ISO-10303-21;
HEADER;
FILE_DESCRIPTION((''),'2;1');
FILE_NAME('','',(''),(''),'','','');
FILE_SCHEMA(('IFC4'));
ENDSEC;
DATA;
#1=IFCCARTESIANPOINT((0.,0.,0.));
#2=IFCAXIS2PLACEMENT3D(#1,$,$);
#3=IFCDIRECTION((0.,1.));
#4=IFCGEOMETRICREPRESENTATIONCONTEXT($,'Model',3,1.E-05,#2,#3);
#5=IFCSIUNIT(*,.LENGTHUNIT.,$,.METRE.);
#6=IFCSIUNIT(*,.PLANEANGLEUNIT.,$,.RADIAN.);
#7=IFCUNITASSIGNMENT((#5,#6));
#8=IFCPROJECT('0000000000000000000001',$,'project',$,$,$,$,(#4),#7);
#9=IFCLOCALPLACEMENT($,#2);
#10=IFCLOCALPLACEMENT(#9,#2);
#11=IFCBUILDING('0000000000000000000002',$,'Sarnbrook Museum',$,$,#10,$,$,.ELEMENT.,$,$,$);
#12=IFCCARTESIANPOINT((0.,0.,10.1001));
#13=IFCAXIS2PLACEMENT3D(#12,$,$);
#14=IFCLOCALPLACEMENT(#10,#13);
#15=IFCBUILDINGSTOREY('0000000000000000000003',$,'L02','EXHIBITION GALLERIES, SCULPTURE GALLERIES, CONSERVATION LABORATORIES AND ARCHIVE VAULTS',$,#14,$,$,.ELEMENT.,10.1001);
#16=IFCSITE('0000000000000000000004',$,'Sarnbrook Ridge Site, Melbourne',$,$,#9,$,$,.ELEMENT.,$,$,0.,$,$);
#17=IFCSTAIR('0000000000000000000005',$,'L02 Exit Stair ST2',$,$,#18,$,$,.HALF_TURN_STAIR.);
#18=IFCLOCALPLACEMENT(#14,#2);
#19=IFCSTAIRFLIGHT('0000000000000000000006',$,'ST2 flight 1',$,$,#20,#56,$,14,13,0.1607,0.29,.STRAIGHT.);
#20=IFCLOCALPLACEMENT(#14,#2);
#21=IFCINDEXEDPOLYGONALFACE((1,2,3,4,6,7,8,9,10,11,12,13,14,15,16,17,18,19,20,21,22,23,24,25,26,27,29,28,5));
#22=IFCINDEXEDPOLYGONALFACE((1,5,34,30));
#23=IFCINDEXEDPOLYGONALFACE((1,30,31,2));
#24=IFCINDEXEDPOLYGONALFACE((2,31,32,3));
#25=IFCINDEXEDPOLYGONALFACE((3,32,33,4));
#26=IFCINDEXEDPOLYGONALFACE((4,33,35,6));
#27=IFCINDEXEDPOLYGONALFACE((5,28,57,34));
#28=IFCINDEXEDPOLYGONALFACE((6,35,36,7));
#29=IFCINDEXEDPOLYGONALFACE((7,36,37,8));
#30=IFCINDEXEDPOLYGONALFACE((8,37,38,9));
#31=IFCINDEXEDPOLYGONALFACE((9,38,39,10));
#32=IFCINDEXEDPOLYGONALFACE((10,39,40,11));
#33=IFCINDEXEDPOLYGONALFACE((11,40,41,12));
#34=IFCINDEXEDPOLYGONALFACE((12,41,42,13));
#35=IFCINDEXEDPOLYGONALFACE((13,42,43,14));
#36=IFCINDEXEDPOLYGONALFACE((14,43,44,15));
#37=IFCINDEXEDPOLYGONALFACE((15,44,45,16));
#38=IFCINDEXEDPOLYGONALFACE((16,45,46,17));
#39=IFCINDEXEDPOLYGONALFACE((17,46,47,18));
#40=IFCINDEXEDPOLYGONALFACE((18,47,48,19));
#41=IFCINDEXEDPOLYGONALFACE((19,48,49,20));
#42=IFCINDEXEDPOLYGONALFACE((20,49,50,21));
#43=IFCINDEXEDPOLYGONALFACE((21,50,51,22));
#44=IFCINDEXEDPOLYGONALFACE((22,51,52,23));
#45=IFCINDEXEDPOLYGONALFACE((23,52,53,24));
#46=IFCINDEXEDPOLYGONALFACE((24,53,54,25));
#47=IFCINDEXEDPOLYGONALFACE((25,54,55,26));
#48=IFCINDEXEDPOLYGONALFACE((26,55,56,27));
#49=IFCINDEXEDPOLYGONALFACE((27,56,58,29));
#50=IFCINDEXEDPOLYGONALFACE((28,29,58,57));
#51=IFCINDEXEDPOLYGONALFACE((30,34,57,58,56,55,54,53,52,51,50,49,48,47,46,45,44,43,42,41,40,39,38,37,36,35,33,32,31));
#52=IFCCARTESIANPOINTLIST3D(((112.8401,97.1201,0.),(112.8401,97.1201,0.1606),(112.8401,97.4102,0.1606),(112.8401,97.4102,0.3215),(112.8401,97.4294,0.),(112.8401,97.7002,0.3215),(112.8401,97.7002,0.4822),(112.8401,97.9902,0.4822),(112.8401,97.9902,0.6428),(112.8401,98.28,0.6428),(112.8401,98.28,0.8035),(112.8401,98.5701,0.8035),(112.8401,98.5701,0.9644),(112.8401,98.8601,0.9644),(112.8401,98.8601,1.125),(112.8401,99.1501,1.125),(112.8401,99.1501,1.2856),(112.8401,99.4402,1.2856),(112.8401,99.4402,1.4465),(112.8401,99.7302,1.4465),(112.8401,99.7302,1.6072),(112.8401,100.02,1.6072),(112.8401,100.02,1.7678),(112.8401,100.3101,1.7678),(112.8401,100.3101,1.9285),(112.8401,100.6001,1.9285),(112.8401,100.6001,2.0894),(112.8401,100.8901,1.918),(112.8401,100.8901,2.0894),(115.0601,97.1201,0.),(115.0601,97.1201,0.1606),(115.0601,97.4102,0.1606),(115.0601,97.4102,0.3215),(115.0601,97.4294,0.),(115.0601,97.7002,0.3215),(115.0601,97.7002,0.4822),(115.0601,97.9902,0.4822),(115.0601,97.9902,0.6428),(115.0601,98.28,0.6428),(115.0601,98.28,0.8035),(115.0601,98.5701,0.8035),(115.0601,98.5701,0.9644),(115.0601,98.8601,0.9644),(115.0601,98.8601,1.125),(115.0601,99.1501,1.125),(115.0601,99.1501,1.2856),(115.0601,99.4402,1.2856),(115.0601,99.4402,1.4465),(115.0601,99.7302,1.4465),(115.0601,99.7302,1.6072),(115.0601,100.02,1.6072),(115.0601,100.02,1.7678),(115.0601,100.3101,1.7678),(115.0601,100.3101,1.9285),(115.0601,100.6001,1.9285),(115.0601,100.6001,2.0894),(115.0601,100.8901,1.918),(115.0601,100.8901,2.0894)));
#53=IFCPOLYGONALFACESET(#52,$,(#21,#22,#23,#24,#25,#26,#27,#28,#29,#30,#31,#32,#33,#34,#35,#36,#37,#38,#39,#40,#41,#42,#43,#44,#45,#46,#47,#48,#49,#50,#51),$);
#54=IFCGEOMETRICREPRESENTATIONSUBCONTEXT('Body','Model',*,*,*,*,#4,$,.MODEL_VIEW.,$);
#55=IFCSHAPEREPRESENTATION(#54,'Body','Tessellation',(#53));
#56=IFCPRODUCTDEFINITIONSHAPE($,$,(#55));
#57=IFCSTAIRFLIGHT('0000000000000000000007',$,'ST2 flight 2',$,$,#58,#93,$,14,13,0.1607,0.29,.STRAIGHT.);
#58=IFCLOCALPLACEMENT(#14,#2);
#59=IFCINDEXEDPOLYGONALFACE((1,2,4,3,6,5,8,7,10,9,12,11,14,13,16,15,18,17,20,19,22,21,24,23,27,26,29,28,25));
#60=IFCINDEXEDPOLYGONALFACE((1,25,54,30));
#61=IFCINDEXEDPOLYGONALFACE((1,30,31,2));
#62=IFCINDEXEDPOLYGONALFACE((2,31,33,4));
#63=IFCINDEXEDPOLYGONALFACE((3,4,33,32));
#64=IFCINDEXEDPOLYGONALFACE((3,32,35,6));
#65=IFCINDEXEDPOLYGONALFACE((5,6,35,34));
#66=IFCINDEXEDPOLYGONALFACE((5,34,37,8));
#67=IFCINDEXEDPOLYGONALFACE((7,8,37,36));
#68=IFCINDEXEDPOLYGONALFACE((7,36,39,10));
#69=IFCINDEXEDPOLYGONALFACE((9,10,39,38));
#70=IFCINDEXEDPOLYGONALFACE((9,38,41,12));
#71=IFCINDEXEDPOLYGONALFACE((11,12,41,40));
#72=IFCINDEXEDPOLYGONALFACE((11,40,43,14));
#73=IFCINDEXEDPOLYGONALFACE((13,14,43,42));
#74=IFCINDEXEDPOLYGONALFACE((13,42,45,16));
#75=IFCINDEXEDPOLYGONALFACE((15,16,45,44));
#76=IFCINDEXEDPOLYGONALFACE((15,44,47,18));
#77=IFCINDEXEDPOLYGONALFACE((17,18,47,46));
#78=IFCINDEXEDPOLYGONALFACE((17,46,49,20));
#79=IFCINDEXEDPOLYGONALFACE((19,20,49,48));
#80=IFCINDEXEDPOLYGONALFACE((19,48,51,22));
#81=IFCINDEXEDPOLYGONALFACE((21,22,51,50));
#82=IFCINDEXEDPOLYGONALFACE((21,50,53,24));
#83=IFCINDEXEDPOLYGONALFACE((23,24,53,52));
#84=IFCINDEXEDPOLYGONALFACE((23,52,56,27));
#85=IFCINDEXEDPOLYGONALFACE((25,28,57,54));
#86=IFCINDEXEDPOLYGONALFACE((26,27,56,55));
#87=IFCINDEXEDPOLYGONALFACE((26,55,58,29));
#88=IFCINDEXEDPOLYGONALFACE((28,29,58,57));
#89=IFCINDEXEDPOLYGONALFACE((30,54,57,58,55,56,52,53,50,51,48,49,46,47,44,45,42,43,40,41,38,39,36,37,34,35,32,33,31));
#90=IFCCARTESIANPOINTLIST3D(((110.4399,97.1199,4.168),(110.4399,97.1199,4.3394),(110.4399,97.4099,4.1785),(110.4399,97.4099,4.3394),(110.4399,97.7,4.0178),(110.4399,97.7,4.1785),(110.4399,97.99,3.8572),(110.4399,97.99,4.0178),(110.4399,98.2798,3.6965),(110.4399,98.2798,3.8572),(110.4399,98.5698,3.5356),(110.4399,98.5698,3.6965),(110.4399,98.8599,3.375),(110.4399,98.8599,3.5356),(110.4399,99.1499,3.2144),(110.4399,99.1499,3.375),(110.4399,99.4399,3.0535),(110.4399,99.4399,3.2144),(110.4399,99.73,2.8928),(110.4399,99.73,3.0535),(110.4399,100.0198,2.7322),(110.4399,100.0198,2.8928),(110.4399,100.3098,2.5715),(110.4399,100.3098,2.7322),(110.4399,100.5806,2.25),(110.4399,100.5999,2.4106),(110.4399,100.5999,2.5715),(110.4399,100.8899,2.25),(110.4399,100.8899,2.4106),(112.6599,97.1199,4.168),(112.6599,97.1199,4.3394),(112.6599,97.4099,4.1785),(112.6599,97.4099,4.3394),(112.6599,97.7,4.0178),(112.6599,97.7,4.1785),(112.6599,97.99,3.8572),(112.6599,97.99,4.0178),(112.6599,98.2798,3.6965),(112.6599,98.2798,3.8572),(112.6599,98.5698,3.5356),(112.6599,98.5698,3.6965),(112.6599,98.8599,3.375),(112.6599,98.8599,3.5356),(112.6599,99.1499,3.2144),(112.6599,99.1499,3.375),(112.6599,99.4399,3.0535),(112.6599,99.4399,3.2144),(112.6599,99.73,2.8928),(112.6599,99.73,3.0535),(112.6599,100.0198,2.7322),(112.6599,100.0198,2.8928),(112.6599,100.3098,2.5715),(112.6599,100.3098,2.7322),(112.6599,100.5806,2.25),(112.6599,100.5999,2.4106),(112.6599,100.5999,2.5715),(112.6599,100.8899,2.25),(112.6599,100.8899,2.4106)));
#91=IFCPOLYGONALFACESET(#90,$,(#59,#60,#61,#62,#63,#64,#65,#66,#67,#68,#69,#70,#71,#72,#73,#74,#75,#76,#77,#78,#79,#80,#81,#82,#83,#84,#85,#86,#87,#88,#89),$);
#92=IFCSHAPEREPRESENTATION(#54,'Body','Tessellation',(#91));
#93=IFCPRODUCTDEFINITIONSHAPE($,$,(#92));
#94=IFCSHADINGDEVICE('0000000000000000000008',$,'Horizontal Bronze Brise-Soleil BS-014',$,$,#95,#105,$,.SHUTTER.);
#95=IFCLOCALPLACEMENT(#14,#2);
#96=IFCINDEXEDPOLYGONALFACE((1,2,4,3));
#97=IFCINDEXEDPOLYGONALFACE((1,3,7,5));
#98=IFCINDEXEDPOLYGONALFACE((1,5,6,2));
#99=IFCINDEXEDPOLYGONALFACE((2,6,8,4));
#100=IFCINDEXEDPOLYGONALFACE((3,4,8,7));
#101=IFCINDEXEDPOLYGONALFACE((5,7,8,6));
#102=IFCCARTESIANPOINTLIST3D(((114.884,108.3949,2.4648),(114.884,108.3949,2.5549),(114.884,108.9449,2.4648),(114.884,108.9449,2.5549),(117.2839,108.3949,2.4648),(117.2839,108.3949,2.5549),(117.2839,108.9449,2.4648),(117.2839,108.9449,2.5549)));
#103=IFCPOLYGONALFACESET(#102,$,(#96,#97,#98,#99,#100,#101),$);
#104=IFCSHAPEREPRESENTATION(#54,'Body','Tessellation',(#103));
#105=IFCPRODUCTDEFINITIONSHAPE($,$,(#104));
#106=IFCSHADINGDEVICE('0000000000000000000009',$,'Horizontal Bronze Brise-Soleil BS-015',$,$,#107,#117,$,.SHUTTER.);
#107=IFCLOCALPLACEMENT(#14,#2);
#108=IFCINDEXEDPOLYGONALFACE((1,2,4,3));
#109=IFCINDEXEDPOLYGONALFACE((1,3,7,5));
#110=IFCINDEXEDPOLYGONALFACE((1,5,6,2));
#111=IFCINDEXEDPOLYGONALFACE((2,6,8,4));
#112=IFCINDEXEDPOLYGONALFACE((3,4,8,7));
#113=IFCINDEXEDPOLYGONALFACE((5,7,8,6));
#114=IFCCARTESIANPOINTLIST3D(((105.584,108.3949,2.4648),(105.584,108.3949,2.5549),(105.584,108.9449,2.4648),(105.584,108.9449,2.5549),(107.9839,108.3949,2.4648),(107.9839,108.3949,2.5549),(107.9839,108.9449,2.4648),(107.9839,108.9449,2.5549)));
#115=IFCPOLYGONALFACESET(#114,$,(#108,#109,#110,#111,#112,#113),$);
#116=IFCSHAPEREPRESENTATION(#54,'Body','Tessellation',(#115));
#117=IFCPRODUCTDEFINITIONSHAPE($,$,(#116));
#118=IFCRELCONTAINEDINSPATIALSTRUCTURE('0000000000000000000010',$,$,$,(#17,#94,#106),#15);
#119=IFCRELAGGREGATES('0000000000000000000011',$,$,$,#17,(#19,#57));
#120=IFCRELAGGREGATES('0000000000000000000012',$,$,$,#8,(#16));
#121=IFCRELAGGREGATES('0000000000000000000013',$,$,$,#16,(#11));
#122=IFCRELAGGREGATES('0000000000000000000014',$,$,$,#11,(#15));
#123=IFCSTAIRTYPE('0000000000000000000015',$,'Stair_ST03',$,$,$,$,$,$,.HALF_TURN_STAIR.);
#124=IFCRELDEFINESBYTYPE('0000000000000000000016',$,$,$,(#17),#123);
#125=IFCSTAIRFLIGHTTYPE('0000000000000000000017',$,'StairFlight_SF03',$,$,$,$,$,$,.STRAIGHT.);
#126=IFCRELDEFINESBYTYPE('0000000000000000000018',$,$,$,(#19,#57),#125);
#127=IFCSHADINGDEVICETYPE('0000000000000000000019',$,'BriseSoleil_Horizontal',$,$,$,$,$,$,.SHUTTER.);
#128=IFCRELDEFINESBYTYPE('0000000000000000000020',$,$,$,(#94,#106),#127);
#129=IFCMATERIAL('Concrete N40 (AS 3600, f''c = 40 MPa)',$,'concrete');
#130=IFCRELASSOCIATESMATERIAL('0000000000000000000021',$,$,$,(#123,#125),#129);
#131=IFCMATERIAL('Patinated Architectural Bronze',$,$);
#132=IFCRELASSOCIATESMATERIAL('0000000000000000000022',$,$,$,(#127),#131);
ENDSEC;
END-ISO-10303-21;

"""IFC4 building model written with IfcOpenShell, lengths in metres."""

from ifc_helpers import new_model, si_unit, direction, frame, origin, origin_2d, place, context, subcontext, project, spatial, polyline, rectangle, outline, extrude, material, type_object, element, aggregate, save


model = new_model("IFC4")

# Units and contexts
model_context = context("Model", 3, precision=1e-05, world=origin(), true_north=direction((0.0, 1.0)))
body_context = subcontext(model_context, "Body", "Model", "MODEL_VIEW")
ifc_project = project(units=[si_unit("LENGTHUNIT", "METRE"), si_unit("PLANEANGLEUNIT", "RADIAN")], contexts=[model_context])

# Site, building, storey
site_placement = place(None, origin())
site = spatial("IfcSite", under=ifc_project, at=site_placement, Name="Sarnbrook Ridge Site, Melbourne", CompositionType="ELEMENT", RefElevation=0.0)
building_placement = place(site_placement, origin())
building = spatial("IfcBuilding", under=site, at=building_placement, Name="Sarnbrook Museum", CompositionType="ELEMENT")
storey_placement = place(building_placement, frame((0.0, 0.0, 10.1001)))
storey = spatial("IfcBuildingStorey", under=building, at=storey_placement, Name="L02", Description="EXHIBITION GALLERIES, SCULPTURE GALLERIES, CONSERVATION LABORATORIES AND ARCHIVE VAULTS", CompositionType="ELEMENT", Elevation=10.1001)

# Shared definitions
ifc_material_1 = material(Name="Concrete N40 (AS 3600, f'c = 40 MPa)", Category="concrete")

# Stair, stair flights
stair_type = type_object("IfcStairType", Name="Stair_ST03", PredefinedType="HALF_TURN_STAIR", material=ifc_material_1)
stair_placement = place(storey_placement, origin())
stair = element("IfcStair", 1, at=stair_placement, inside=storey, type_object=stair_type, Name="L02 Exit Stair ST2", PredefinedType="HALF_TURN_STAIR")
stair_flight_type = type_object("IfcStairFlightType", Name="StairFlight_SF03", PredefinedType="STRAIGHT", material=ifc_material_1)
stair_flight_1_placement = place(storey_placement, frame((113.95, 97.1201, 0.0), z_axis=(0.0, 0.0, 1.0), x_axis=(0.0, 1.0, 0.0)))
stair_flight_1 = element("IfcStairFlight", 2, at=stair_flight_1_placement, type_object=stair_flight_type, Name="ST2 flight 1", NumberOfRisers=14, NumberOfTreads=13, PredefinedType="STRAIGHT", RiserHeight=0.1607, TreadLength=0.29, context=body_context, shape_type="SweptSolid", body=[
    extrude(outline(polyline([(0.0, 0.0), (0.0, 0.1606), (0.29, 0.1606), (0.29, 0.3215), (0.5801, 0.3215), (0.5801, 0.4822), (0.8701, 0.4822), (0.8701, 0.6428), (1.1599, 0.6428), (1.1599, 0.8035), (1.45, 0.8035), (1.45, 0.9644), (1.74, 0.9644), (1.74, 1.125), (2.03, 1.125), (2.03, 1.2856), (2.3201, 1.2856), (2.3201, 1.4465), (2.6101, 1.4465), (2.6101, 1.6072), (2.8999, 1.6072), (2.8999, 1.7678), (3.1899, 1.7678), (3.1899, 1.9285), (3.48, 1.9285), (3.48, 2.0894), (3.77, 2.0894), (3.77, 2.25), (3.77, 1.918), (0.3093, 0.0), (0.0, 0.0)])), frame((0.0, 1.1099, 0.0), z_axis=(0.0, -1.0, 0.0), x_axis=(1.0, 0.0, 0.0)), (0.0, 0.0, 1.0), 2.22),
])
stair_flight_2_placement = place(storey_placement, frame((111.55, 100.8899, 2.25), z_axis=(0.0, 0.0, 1.0), x_axis=(0.0, -1.0, 0.0)))
stair_flight_2 = element("IfcStairFlight", 3, at=stair_flight_2_placement, type_object=stair_flight_type, Name="ST2 flight 2", NumberOfRisers=14, NumberOfTreads=13, PredefinedType="STRAIGHT", RiserHeight=0.1607, TreadLength=0.29, context=body_context, shape_type="SweptSolid", body=[
    extrude(outline(polyline([(0.0, 0.0), (0.0, 0.1606), (0.29, 0.1606), (0.29, 0.3215), (0.5801, 0.3215), (0.5801, 0.4822), (0.8701, 0.4822), (0.8701, 0.6428), (1.1599, 0.6428), (1.1599, 0.8035), (1.45, 0.8035), (1.45, 0.9644), (1.74, 0.9644), (1.74, 1.125), (2.03, 1.125), (2.03, 1.2856), (2.3201, 1.2856), (2.3201, 1.4465), (2.6101, 1.4465), (2.6101, 1.6072), (2.8999, 1.6072), (2.8999, 1.7678), (3.1899, 1.7678), (3.1899, 1.9285), (3.48, 1.9285), (3.48, 2.0894), (3.77, 2.0894), (3.77, 2.25), (3.77, 1.918), (0.3093, 0.0), (0.0, 0.0)])), frame((0.0, 1.1099, 0.0), z_axis=(0.0, -1.0, 0.0), x_axis=(1.0, 0.0, 0.0)), (0.0, 0.0, 1.0), 2.22),
])
aggregate(stair, [stair_flight_1, stair_flight_2])

# Shading devices
ifc_material_2 = material(Name="Patinated Architectural Bronze")
shading_device_type = type_object("IfcShadingDeviceType", Name="BriseSoleil_Horizontal", PredefinedType="SHUTTER", material=ifc_material_2)
for number, where, z_axis, x_axis, name in (
    (4, (116.084, 108.6699, 2.4648), (0.0, 0.0, 1.0), (1.0, 0.0, 0.0), "Horizontal Bronze Brise-Soleil BS-014"),
    (5, (106.7839, 108.6699, 2.4648), (0.0, 0.0, 1.0), (1.0, 0.0, 0.0), "Horizontal Bronze Brise-Soleil BS-015"),
):
    element("IfcShadingDevice", number, at=place(storey_placement, frame(where, z_axis=z_axis, x_axis=x_axis)), inside=storey, type_object=shading_device_type, Name=name, PredefinedType="SHUTTER", context=body_context, shape_type="SweptSolid", body=[
        extrude(rectangle(XDim=2.3999, YDim=0.55, at=origin_2d()), origin(), (0.0, 0.0, 1.0), 0.0901),
    ])

save(model, "model.ifc")
